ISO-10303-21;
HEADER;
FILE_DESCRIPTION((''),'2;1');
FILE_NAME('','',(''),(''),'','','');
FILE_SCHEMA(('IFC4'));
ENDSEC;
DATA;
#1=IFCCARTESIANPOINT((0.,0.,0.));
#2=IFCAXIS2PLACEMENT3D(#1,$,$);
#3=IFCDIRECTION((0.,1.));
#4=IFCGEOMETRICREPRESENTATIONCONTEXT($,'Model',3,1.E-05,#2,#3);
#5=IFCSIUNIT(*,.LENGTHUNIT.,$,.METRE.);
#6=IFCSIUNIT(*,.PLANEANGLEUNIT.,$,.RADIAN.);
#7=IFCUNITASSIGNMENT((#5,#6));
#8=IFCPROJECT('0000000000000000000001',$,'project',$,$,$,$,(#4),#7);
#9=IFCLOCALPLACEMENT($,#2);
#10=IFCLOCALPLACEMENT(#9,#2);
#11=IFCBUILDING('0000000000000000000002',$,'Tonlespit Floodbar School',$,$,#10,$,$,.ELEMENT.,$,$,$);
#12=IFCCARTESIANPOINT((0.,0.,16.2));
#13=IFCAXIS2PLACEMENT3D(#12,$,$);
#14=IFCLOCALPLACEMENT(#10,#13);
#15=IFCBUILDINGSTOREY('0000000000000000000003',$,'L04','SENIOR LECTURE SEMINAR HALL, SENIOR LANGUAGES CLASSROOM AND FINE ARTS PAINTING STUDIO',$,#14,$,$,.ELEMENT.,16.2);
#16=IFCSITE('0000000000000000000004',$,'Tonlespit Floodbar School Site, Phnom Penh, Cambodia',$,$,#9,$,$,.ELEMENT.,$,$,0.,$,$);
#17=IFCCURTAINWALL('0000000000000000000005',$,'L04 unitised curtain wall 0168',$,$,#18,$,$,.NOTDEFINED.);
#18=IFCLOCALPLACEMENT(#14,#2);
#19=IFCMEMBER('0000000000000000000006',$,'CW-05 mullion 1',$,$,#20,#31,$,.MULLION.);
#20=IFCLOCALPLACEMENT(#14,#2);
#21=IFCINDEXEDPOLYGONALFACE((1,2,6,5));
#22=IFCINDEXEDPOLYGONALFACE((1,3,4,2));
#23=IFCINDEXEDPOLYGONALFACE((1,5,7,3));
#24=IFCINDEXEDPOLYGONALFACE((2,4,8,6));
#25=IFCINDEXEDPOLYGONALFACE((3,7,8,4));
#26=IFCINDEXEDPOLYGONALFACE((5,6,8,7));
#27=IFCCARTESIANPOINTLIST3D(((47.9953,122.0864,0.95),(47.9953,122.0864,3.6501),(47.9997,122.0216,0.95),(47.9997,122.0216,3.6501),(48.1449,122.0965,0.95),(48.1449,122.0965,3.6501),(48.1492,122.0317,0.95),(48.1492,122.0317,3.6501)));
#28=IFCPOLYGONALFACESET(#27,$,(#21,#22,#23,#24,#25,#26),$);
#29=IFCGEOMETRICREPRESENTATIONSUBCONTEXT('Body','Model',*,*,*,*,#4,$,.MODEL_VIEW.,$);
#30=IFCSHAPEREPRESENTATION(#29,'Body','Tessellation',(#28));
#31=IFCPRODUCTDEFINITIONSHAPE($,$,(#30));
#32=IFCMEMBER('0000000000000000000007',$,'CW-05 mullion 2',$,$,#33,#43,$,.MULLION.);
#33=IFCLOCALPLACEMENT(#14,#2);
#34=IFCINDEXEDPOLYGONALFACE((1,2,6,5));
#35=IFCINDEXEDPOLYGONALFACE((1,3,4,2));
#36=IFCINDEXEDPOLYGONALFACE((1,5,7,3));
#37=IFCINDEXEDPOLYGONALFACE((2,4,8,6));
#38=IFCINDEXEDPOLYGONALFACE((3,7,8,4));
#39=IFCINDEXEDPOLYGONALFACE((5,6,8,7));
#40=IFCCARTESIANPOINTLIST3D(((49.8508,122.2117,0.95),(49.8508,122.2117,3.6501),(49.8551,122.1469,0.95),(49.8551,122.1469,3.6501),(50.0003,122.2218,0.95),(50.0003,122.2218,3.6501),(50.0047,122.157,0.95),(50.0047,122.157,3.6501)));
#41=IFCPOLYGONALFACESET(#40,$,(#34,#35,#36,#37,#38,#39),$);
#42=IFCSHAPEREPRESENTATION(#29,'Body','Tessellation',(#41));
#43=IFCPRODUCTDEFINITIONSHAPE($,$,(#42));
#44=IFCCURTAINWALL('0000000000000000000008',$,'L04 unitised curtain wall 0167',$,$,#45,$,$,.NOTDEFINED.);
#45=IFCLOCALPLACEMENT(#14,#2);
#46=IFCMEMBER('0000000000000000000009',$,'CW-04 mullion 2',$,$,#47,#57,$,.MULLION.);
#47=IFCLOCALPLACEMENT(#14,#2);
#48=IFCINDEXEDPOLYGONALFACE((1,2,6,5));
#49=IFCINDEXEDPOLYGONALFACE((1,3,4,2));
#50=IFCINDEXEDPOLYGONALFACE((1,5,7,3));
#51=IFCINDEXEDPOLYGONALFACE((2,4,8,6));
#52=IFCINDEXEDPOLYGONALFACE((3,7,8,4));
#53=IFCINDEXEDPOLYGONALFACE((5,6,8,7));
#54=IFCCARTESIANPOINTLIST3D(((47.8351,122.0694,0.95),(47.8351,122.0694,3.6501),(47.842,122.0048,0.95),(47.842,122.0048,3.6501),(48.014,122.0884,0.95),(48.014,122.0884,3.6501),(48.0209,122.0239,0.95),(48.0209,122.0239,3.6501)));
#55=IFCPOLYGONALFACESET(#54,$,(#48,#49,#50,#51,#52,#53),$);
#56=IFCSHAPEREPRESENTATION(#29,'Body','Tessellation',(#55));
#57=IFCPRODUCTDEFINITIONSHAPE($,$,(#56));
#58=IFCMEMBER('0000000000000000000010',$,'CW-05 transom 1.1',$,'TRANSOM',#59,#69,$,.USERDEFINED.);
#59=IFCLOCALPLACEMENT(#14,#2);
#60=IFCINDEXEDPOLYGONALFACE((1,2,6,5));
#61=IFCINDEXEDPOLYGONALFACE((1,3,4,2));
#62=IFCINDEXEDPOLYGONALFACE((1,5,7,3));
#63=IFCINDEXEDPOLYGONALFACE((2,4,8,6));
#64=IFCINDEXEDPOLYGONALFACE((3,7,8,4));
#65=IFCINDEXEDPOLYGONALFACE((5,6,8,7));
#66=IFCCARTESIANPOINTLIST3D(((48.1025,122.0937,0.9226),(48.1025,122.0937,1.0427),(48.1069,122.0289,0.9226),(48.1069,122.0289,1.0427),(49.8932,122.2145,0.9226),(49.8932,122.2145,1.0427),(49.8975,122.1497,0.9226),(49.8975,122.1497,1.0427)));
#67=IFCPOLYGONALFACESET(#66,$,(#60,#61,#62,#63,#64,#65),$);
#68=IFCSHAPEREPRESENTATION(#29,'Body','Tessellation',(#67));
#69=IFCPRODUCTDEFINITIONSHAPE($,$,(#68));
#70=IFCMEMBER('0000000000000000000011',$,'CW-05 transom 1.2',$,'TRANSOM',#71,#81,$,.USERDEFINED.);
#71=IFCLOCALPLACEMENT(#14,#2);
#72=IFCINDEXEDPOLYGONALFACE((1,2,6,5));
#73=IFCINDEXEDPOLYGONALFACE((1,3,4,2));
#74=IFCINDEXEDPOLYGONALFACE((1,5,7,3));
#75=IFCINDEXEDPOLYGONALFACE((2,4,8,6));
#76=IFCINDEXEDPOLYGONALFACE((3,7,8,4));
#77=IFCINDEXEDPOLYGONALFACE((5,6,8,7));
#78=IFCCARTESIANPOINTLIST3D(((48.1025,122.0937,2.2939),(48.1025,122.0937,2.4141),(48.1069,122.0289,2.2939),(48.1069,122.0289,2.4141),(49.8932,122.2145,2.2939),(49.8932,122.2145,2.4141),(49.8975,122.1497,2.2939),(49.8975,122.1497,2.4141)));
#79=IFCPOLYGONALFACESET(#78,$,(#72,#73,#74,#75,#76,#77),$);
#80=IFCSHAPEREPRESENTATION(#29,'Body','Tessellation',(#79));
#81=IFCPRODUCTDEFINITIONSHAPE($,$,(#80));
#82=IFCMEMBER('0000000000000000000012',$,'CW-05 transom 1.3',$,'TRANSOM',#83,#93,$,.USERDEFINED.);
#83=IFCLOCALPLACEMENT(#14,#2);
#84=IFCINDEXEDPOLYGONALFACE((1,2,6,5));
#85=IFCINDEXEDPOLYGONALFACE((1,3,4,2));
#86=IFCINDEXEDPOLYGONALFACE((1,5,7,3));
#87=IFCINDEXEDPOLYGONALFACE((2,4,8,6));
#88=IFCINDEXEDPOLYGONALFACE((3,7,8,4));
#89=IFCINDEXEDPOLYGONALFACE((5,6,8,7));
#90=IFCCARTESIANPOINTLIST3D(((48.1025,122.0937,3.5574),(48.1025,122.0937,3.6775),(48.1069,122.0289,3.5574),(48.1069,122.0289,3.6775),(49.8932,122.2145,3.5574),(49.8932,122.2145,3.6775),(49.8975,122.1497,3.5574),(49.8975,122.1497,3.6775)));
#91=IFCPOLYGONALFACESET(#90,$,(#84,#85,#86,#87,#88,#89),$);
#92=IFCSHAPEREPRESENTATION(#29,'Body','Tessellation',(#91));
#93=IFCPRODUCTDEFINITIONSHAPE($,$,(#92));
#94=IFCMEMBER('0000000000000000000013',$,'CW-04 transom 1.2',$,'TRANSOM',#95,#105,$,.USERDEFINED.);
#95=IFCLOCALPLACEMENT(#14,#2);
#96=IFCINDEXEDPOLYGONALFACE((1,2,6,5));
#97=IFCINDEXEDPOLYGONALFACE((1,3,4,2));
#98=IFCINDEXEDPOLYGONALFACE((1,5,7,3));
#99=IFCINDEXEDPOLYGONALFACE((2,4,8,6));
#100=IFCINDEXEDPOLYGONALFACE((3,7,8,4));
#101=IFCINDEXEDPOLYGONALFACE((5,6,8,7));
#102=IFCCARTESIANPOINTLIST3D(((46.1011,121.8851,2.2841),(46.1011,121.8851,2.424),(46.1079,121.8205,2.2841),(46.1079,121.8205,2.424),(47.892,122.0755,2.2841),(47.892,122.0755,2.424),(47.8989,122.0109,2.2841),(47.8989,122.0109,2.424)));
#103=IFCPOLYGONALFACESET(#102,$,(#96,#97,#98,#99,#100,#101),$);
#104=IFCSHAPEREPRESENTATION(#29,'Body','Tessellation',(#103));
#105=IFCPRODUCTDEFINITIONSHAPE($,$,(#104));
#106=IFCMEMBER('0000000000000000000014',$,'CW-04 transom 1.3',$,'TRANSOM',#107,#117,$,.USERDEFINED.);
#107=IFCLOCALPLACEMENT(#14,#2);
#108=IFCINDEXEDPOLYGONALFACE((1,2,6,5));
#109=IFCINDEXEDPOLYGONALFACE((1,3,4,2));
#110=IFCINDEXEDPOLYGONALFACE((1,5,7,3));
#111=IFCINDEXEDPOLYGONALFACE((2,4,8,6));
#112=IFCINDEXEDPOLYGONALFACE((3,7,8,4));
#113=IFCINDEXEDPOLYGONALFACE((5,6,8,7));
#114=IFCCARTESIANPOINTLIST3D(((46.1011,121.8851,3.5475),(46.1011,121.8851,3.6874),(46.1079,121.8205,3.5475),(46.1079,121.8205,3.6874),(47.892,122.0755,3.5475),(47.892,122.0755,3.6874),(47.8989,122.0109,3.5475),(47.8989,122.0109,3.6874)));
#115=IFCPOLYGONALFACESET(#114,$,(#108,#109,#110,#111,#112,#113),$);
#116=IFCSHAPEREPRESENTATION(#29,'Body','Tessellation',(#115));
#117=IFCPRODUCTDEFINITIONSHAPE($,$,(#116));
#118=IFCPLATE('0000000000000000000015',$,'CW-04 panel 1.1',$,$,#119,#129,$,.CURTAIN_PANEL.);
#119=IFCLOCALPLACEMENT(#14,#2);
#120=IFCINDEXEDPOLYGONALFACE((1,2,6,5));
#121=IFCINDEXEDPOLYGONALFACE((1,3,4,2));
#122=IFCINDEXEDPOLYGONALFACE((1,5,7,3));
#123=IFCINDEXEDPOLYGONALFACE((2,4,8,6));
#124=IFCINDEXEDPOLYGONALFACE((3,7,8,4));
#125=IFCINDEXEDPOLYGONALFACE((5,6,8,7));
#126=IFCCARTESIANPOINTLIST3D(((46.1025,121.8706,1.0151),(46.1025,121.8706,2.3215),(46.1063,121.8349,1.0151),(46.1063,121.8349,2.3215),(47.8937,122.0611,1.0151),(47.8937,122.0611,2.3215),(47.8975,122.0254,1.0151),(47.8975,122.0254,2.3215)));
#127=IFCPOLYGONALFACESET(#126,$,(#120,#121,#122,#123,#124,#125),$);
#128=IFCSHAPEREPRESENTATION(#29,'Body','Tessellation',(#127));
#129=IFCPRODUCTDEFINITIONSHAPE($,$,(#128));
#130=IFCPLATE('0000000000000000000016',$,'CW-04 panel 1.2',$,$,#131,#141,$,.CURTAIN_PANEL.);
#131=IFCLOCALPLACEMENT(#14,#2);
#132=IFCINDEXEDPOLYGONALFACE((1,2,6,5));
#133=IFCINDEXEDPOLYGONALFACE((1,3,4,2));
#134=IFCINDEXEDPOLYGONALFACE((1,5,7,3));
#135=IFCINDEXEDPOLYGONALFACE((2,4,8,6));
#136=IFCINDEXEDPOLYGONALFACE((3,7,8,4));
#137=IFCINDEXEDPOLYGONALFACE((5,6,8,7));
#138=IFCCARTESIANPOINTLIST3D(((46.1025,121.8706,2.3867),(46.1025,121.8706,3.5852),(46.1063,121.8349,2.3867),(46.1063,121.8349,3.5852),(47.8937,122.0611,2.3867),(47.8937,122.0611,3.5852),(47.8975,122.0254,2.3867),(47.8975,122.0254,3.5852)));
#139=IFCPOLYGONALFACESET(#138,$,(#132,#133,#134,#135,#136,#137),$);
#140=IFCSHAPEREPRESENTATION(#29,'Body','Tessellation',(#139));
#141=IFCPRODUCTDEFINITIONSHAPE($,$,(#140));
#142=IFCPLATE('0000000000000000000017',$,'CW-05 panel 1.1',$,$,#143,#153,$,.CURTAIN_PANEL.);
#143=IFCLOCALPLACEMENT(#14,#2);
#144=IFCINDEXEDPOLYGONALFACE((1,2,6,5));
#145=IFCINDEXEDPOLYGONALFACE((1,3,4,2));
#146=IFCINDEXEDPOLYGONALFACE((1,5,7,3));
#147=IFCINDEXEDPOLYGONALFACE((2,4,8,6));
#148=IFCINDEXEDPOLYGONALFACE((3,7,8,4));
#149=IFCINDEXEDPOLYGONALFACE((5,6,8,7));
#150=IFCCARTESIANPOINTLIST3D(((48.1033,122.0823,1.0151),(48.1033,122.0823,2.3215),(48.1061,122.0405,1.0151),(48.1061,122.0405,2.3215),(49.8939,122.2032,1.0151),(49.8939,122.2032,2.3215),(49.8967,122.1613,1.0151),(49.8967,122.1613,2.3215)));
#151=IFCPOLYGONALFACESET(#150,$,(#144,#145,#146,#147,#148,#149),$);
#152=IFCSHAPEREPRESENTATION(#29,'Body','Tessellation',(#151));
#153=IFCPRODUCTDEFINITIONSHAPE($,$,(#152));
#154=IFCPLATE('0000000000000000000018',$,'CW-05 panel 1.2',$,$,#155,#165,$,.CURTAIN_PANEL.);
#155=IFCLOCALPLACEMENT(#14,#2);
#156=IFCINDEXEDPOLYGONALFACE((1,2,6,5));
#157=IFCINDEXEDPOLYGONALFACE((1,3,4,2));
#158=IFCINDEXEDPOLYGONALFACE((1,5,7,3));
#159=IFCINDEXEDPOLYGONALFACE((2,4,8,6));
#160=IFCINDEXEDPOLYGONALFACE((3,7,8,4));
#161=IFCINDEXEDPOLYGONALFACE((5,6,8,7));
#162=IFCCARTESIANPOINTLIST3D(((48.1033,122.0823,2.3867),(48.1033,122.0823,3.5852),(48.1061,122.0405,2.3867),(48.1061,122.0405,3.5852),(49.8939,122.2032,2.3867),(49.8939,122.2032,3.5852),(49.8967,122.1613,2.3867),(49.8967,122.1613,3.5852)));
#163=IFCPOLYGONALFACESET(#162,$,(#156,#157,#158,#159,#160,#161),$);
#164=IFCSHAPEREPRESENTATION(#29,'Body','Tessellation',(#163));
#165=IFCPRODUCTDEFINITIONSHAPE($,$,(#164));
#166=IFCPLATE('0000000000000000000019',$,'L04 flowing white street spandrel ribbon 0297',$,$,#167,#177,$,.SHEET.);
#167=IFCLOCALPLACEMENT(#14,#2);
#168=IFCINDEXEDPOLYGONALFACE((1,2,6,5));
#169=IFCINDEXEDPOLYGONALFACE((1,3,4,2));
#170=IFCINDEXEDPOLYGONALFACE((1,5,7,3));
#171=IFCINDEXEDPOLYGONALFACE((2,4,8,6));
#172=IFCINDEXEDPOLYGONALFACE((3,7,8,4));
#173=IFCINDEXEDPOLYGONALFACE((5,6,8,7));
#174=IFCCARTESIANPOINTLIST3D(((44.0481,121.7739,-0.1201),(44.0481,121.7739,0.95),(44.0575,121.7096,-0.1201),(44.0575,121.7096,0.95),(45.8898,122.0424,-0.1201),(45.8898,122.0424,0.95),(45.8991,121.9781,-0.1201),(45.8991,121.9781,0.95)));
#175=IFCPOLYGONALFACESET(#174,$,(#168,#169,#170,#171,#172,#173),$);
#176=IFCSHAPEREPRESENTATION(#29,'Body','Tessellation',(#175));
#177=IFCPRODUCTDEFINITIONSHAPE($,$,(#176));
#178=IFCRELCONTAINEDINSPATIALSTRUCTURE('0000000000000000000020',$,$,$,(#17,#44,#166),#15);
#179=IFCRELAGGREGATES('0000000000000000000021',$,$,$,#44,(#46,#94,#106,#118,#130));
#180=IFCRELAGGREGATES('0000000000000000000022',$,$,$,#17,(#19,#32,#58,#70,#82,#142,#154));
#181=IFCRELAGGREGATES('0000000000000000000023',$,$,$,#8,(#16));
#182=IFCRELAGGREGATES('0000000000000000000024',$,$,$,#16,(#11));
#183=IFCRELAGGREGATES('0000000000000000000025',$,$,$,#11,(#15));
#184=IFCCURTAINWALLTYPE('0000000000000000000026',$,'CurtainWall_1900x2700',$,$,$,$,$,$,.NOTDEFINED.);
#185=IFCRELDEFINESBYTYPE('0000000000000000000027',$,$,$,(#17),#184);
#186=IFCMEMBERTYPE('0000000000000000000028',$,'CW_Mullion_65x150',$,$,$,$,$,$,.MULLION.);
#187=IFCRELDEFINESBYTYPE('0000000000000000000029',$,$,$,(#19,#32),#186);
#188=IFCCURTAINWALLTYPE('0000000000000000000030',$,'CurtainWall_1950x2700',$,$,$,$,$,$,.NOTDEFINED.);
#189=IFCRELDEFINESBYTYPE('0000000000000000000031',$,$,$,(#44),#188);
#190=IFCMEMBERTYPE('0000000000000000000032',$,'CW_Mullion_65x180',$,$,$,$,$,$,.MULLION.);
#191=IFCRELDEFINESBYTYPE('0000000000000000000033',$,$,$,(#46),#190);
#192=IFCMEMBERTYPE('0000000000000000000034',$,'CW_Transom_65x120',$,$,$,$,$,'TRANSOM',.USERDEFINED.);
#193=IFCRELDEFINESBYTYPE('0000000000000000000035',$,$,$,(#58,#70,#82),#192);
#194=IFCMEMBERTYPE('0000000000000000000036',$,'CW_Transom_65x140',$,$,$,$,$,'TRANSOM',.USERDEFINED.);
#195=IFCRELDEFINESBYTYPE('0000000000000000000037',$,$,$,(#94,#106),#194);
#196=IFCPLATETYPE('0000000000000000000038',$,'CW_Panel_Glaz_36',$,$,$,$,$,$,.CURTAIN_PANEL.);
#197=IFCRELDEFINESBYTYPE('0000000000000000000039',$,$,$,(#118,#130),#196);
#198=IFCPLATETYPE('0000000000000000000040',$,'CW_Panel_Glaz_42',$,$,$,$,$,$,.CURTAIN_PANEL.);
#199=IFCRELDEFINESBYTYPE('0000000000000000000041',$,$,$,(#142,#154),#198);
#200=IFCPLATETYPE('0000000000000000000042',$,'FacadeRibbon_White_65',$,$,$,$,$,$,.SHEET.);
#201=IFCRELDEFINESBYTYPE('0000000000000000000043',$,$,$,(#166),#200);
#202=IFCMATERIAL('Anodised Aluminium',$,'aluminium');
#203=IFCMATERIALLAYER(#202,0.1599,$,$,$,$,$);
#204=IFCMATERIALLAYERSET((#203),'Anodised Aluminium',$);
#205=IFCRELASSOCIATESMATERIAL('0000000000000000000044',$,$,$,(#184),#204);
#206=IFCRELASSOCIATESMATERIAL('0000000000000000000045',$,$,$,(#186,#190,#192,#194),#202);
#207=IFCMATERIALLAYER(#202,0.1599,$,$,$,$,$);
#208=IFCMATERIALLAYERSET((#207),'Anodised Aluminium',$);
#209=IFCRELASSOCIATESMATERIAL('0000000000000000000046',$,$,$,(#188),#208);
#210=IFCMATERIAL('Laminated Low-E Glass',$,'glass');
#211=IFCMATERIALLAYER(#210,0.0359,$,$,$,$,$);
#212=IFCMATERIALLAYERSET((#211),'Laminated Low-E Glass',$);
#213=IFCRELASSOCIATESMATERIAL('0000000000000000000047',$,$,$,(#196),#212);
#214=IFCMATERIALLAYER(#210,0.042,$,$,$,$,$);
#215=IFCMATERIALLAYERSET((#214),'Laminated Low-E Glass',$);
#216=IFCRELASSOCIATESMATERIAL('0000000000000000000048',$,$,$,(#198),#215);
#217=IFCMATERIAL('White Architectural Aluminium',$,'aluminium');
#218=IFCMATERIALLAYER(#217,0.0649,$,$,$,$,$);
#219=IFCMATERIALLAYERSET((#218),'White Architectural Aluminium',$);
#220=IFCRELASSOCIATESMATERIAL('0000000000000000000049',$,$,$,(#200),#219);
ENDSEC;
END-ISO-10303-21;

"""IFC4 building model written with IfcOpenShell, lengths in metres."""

from ifc_helpers import new_model, si_unit, direction, frame, origin, origin_2d, place, context, subcontext, project, spatial, rectangle, extrude, material, layer, layer_set, material_profile, profile_set, type_object, element, aggregate, save


model = new_model("IFC4")

# Units and contexts
model_context = context("Model", 3, precision=1e-05, world=origin(), true_north=direction((0.0, 1.0)))
body_context = subcontext(model_context, "Body", "Model", "MODEL_VIEW")
ifc_project = project(units=[si_unit("LENGTHUNIT", "METRE"), si_unit("PLANEANGLEUNIT", "RADIAN")], contexts=[model_context])

# Site, building, storey
site_placement = place(None, origin())
site = spatial("IfcSite", under=ifc_project, at=site_placement, Name="Tonlespit Floodbar School Site, Phnom Penh, Cambodia", CompositionType="ELEMENT", RefElevation=0.0)
building_placement = place(site_placement, origin())
building = spatial("IfcBuilding", under=site, at=building_placement, Name="Tonlespit Floodbar School", CompositionType="ELEMENT")
storey_placement = place(building_placement, frame((0.0, 0.0, 16.2)))
storey = spatial("IfcBuildingStorey", under=building, at=storey_placement, Name="L04", Description="SENIOR LECTURE SEMINAR HALL, SENIOR LANGUAGES CLASSROOM AND FINE ARTS PAINTING STUDIO", CompositionType="ELEMENT", Elevation=16.2)

# Curtain wall, members
ifc_material_1 = material(Name="Anodised Aluminium", Category="aluminium")
ifc_layer_1 = layer(ifc_material_1, 0.1599)
ifc_layer_set_1 = layer_set([ifc_layer_1], Name="Anodised Aluminium")
curtain_wall_type_1 = type_object("IfcCurtainWallType", Name="CurtainWall_1900x2700", PredefinedType="NOTDEFINED", material=ifc_layer_set_1)
curtain_wall_1_placement = place(storey_placement, origin())
curtain_wall_1 = element("IfcCurtainWall", 1, at=curtain_wall_1_placement, inside=storey, type_object=curtain_wall_type_1, Name="L04 unitised curtain wall 0168", PredefinedType="NOTDEFINED")
ifc_material_profile_1 = material_profile(ifc_material_1, rectangle(XDim=0.0649, YDim=0.1499, at=origin_2d()), Name="ALU M65x150")
ifc_profile_set_1 = profile_set([ifc_material_profile_1], Name="Anodised Aluminium")
member_type_1 = type_object("IfcMemberType", Name="CW_Mullion_65x150", PredefinedType="MULLION", material=ifc_profile_set_1)
member_1_placement = place(storey_placement, frame((48.0723, 122.0591, 0.95), z_axis=(0.0, 0.0, 1.0), x_axis=(-0.06734, 0.99773, 0.0)))
member_1 = element("IfcMember", 2, at=member_1_placement, type_object=member_type_1, Name="CW-05 mullion 1", PredefinedType="MULLION", context=body_context, shape_type="SweptSolid", body=[
    extrude(rectangle(XDim=0.0649, YDim=0.1499, at=origin_2d()), origin(), (0.0, 0.0, 1.0), 2.7002),
])
member_2_placement = place(storey_placement, frame((49.9277, 122.1843, 0.95), z_axis=(0.0, 0.0, 1.0), x_axis=(-0.06734, 0.99773, 0.0)))
member_2 = element("IfcMember", 3, at=member_2_placement, type_object=member_type_1, Name="CW-05 mullion 2", PredefinedType="MULLION", context=body_context, shape_type="SweptSolid", body=[
    extrude(rectangle(XDim=0.0649, YDim=0.1499, at=origin_2d()), origin(), (0.0, 0.0, 1.0), 2.7002),
])

# Curtain wall, member
ifc_layer_2 = layer(ifc_material_1, 0.1599)
ifc_layer_set_2 = layer_set([ifc_layer_2], Name="Anodised Aluminium")
curtain_wall_type_2 = type_object("IfcCurtainWallType", Name="CurtainWall_1950x2700", PredefinedType="NOTDEFINED", material=ifc_layer_set_2)
curtain_wall_2_placement = place(storey_placement, origin())
curtain_wall_2 = element("IfcCurtainWall", 4, at=curtain_wall_2_placement, inside=storey, type_object=curtain_wall_type_2, Name="L04 unitised curtain wall 0167", PredefinedType="NOTDEFINED")
ifc_material_profile_2 = material_profile(ifc_material_1, rectangle(XDim=0.0649, YDim=0.1799, at=origin_2d()), Name="ALU M65x180")
ifc_profile_set_2 = profile_set([ifc_material_profile_2], Name="Anodised Aluminium")
member_type_2 = type_object("IfcMemberType", Name="CW_Mullion_65x180", PredefinedType="MULLION", material=ifc_profile_set_2)
member_3_placement = place(storey_placement, frame((47.928, 122.0466, 0.95), z_axis=(0.0, 0.0, 1.0), x_axis=(-0.105787, 0.994389, 0.0)))
member_3 = element("IfcMember", 5, at=member_3_placement, type_object=member_type_2, Name="CW-04 mullion 2", PredefinedType="MULLION", context=body_context, shape_type="SweptSolid", body=[
    extrude(rectangle(XDim=0.0649, YDim=0.1799, at=origin_2d()), origin(), (0.0, 0.0, 1.0), 2.7002),
])

# Members
ifc_material_profile_3 = material_profile(ifc_material_1, rectangle(XDim=0.0649, YDim=0.1201, at=origin_2d()), Name="ALU T65x120")
ifc_profile_set_3 = profile_set([ifc_material_profile_3], Name="Anodised Aluminium")
member_type_3 = type_object("IfcMemberType", Name="CW_Transom_65x120", ElementType="TRANSOM", PredefinedType="USERDEFINED", material=ifc_profile_set_3)
member_4_placement = place(storey_placement, frame((48.1047, 122.0613, 0.9827), z_axis=(0.99773, 0.067341, 0.0), x_axis=(-0.067341, 0.99773, 0.0)))
member_4 = element("IfcMember", 6, at=member_4_placement, type_object=member_type_3, Name="CW-05 transom 1.1", ObjectType="TRANSOM", PredefinedType="USERDEFINED", context=body_context, shape_type="SweptSolid", body=[
    extrude(rectangle(XDim=0.0649, YDim=0.1201, at=origin_2d()), origin(), (0.0, 0.0, 1.0), 1.7947),
])
member_5_placement = place(storey_placement, frame((48.1047, 122.0613, 2.354), z_axis=(0.99773, 0.067341, 0.0), x_axis=(-0.067341, 0.99773, 0.0)))
member_5 = element("IfcMember", 7, at=member_5_placement, type_object=member_type_3, Name="CW-05 transom 1.2", ObjectType="TRANSOM", PredefinedType="USERDEFINED", context=body_context, shape_type="SweptSolid", body=[
    extrude(rectangle(XDim=0.0649, YDim=0.1201, at=origin_2d()), origin(), (0.0, 0.0, 1.0), 1.7947),
])
member_6_placement = place(storey_placement, frame((48.1047, 122.0613, 3.6174), z_axis=(0.99773, 0.067341, 0.0), x_axis=(-0.067341, 0.99773, 0.0)))
member_6 = element("IfcMember", 8, at=member_6_placement, type_object=member_type_3, Name="CW-05 transom 1.3", ObjectType="TRANSOM", PredefinedType="USERDEFINED", context=body_context, shape_type="SweptSolid", body=[
    extrude(rectangle(XDim=0.0649, YDim=0.1201, at=origin_2d()), origin(), (0.0, 0.0, 1.0), 1.7947),
])
ifc_material_profile_4 = material_profile(ifc_material_1, rectangle(XDim=0.0649, YDim=0.1399, at=origin_2d()), Name="ALU T65x140")
ifc_profile_set_4 = profile_set([ifc_material_profile_4], Name="Anodised Aluminium")
member_type_4 = type_object("IfcMemberType", Name="CW_Transom_65x140", ElementType="TRANSOM", PredefinedType="USERDEFINED", material=ifc_profile_set_4)
member_7_placement = place(storey_placement, frame((46.1045, 121.8528, 2.354), z_axis=(0.994395, 0.105729, 0.0), x_axis=(-0.105729, 0.994395, 0.0)))
member_7 = element("IfcMember", 9, at=member_7_placement, type_object=member_type_4, Name="CW-04 transom 1.2", ObjectType="TRANSOM", PredefinedType="USERDEFINED", context=body_context, shape_type="SweptSolid", body=[
    extrude(rectangle(XDim=0.0649, YDim=0.1399, at=origin_2d()), origin(), (0.0, 0.0, 1.0), 1.801),
])
member_8_placement = place(storey_placement, frame((46.1045, 121.8528, 3.6174), z_axis=(0.994395, 0.105729, 0.0), x_axis=(-0.105729, 0.994395, 0.0)))
member_8 = element("IfcMember", 10, at=member_8_placement, type_object=member_type_4, Name="CW-04 transom 1.3", ObjectType="TRANSOM", PredefinedType="USERDEFINED", context=body_context, shape_type="SweptSolid", body=[
    extrude(rectangle(XDim=0.0649, YDim=0.1399, at=origin_2d()), origin(), (0.0, 0.0, 1.0), 1.801),
])

# Plates
ifc_material_2 = material(Name="Laminated Low-E Glass", Category="glass")
ifc_layer_3 = layer(ifc_material_2, 0.0359)
ifc_layer_set_3 = layer_set([ifc_layer_3], Name="Laminated Low-E Glass")
plate_type_1 = type_object("IfcPlateType", Name="CW_Panel_Glaz_36", PredefinedType="CURTAIN_PANEL", material=ifc_layer_set_3)
plate_1_placement = place(storey_placement, frame((47.0, 121.948, 1.0151), z_axis=(0.0, 0.0, 1.0), x_axis=(0.994389, 0.105787, 0.0)))
plate_1 = element("IfcPlate", 11, at=plate_1_placement, type_object=plate_type_1, Name="CW-04 panel 1.1", PredefinedType="CURTAIN_PANEL", context=body_context, shape_type="SweptSolid", body=[
    extrude(rectangle(XDim=1.8013, YDim=0.0359, at=origin_2d()), origin(), (0.0, 0.0, 1.0), 1.3064),
])
plate_2_placement = place(storey_placement, frame((47.0, 121.948, 2.3867), z_axis=(0.0, 0.0, 1.0), x_axis=(0.994389, 0.105787, 0.0)))
plate_2 = element("IfcPlate", 12, at=plate_2_placement, type_object=plate_type_1, Name="CW-04 panel 1.2", PredefinedType="CURTAIN_PANEL", context=body_context, shape_type="SweptSolid", body=[
    extrude(rectangle(XDim=1.8013, YDim=0.0359, at=origin_2d()), origin(), (0.0, 0.0, 1.0), 1.1985),
])
aggregate(curtain_wall_2, [member_3, member_7, member_8, plate_1, plate_2])
ifc_layer_4 = layer(ifc_material_2, 0.042)
ifc_layer_set_4 = layer_set([ifc_layer_4], Name="Laminated Low-E Glass")
plate_type_2 = type_object("IfcPlateType", Name="CW_Panel_Glaz_42", PredefinedType="CURTAIN_PANEL", material=ifc_layer_set_4)
plate_3_placement = place(storey_placement, frame((49.0, 122.1218, 1.0151), z_axis=(0.0, 0.0, 1.0), x_axis=(0.99773, 0.06734, 0.0)))
plate_3 = element("IfcPlate", 13, at=plate_3_placement, type_object=plate_type_2, Name="CW-05 panel 1.1", PredefinedType="CURTAIN_PANEL", context=body_context, shape_type="SweptSolid", body=[
    extrude(rectangle(XDim=1.7947, YDim=0.042, at=origin_2d()), origin(), (0.0, 0.0, 1.0), 1.3064),
])
plate_4_placement = place(storey_placement, frame((49.0, 122.1218, 2.3867), z_axis=(0.0, 0.0, 1.0), x_axis=(0.99773, 0.06734, 0.0)))
plate_4 = element("IfcPlate", 14, at=plate_4_placement, type_object=plate_type_2, Name="CW-05 panel 1.2", PredefinedType="CURTAIN_PANEL", context=body_context, shape_type="SweptSolid", body=[
    extrude(rectangle(XDim=1.7947, YDim=0.042, at=origin_2d()), origin(), (0.0, 0.0, 1.0), 1.1985),
])
aggregate(curtain_wall_1, [member_1, member_2, member_4, member_5, member_6, plate_3, plate_4])

# Plate
ifc_material_3 = material(Name="White Architectural Aluminium", Category="aluminium")
ifc_layer_5 = layer(ifc_material_3, 0.0649)
ifc_layer_set_5 = layer_set([ifc_layer_5], Name="White Architectural Aluminium")
plate_type_3 = type_object("IfcPlateType", Name="FacadeRibbon_White_65", PredefinedType="SHEET", material=ifc_layer_set_5)
plate_5_placement = place(storey_placement, frame((44.9736, 121.876, -0.1201), z_axis=(0.0, 0.0, 1.0), x_axis=(0.989538, 0.144275, 0.0)))
element("IfcPlate", 15, at=plate_5_placement, inside=storey, type_object=plate_type_3, Name="L04 flowing white street spandrel ribbon 0297", PredefinedType="SHEET", context=body_context, shape_type="SweptSolid", body=[
    extrude(rectangle(XDim=1.8611, YDim=0.0649, at=origin_2d()), origin(), (0.0, 0.0, 1.0), 1.0701),
])

save(model, "model.ifc")
